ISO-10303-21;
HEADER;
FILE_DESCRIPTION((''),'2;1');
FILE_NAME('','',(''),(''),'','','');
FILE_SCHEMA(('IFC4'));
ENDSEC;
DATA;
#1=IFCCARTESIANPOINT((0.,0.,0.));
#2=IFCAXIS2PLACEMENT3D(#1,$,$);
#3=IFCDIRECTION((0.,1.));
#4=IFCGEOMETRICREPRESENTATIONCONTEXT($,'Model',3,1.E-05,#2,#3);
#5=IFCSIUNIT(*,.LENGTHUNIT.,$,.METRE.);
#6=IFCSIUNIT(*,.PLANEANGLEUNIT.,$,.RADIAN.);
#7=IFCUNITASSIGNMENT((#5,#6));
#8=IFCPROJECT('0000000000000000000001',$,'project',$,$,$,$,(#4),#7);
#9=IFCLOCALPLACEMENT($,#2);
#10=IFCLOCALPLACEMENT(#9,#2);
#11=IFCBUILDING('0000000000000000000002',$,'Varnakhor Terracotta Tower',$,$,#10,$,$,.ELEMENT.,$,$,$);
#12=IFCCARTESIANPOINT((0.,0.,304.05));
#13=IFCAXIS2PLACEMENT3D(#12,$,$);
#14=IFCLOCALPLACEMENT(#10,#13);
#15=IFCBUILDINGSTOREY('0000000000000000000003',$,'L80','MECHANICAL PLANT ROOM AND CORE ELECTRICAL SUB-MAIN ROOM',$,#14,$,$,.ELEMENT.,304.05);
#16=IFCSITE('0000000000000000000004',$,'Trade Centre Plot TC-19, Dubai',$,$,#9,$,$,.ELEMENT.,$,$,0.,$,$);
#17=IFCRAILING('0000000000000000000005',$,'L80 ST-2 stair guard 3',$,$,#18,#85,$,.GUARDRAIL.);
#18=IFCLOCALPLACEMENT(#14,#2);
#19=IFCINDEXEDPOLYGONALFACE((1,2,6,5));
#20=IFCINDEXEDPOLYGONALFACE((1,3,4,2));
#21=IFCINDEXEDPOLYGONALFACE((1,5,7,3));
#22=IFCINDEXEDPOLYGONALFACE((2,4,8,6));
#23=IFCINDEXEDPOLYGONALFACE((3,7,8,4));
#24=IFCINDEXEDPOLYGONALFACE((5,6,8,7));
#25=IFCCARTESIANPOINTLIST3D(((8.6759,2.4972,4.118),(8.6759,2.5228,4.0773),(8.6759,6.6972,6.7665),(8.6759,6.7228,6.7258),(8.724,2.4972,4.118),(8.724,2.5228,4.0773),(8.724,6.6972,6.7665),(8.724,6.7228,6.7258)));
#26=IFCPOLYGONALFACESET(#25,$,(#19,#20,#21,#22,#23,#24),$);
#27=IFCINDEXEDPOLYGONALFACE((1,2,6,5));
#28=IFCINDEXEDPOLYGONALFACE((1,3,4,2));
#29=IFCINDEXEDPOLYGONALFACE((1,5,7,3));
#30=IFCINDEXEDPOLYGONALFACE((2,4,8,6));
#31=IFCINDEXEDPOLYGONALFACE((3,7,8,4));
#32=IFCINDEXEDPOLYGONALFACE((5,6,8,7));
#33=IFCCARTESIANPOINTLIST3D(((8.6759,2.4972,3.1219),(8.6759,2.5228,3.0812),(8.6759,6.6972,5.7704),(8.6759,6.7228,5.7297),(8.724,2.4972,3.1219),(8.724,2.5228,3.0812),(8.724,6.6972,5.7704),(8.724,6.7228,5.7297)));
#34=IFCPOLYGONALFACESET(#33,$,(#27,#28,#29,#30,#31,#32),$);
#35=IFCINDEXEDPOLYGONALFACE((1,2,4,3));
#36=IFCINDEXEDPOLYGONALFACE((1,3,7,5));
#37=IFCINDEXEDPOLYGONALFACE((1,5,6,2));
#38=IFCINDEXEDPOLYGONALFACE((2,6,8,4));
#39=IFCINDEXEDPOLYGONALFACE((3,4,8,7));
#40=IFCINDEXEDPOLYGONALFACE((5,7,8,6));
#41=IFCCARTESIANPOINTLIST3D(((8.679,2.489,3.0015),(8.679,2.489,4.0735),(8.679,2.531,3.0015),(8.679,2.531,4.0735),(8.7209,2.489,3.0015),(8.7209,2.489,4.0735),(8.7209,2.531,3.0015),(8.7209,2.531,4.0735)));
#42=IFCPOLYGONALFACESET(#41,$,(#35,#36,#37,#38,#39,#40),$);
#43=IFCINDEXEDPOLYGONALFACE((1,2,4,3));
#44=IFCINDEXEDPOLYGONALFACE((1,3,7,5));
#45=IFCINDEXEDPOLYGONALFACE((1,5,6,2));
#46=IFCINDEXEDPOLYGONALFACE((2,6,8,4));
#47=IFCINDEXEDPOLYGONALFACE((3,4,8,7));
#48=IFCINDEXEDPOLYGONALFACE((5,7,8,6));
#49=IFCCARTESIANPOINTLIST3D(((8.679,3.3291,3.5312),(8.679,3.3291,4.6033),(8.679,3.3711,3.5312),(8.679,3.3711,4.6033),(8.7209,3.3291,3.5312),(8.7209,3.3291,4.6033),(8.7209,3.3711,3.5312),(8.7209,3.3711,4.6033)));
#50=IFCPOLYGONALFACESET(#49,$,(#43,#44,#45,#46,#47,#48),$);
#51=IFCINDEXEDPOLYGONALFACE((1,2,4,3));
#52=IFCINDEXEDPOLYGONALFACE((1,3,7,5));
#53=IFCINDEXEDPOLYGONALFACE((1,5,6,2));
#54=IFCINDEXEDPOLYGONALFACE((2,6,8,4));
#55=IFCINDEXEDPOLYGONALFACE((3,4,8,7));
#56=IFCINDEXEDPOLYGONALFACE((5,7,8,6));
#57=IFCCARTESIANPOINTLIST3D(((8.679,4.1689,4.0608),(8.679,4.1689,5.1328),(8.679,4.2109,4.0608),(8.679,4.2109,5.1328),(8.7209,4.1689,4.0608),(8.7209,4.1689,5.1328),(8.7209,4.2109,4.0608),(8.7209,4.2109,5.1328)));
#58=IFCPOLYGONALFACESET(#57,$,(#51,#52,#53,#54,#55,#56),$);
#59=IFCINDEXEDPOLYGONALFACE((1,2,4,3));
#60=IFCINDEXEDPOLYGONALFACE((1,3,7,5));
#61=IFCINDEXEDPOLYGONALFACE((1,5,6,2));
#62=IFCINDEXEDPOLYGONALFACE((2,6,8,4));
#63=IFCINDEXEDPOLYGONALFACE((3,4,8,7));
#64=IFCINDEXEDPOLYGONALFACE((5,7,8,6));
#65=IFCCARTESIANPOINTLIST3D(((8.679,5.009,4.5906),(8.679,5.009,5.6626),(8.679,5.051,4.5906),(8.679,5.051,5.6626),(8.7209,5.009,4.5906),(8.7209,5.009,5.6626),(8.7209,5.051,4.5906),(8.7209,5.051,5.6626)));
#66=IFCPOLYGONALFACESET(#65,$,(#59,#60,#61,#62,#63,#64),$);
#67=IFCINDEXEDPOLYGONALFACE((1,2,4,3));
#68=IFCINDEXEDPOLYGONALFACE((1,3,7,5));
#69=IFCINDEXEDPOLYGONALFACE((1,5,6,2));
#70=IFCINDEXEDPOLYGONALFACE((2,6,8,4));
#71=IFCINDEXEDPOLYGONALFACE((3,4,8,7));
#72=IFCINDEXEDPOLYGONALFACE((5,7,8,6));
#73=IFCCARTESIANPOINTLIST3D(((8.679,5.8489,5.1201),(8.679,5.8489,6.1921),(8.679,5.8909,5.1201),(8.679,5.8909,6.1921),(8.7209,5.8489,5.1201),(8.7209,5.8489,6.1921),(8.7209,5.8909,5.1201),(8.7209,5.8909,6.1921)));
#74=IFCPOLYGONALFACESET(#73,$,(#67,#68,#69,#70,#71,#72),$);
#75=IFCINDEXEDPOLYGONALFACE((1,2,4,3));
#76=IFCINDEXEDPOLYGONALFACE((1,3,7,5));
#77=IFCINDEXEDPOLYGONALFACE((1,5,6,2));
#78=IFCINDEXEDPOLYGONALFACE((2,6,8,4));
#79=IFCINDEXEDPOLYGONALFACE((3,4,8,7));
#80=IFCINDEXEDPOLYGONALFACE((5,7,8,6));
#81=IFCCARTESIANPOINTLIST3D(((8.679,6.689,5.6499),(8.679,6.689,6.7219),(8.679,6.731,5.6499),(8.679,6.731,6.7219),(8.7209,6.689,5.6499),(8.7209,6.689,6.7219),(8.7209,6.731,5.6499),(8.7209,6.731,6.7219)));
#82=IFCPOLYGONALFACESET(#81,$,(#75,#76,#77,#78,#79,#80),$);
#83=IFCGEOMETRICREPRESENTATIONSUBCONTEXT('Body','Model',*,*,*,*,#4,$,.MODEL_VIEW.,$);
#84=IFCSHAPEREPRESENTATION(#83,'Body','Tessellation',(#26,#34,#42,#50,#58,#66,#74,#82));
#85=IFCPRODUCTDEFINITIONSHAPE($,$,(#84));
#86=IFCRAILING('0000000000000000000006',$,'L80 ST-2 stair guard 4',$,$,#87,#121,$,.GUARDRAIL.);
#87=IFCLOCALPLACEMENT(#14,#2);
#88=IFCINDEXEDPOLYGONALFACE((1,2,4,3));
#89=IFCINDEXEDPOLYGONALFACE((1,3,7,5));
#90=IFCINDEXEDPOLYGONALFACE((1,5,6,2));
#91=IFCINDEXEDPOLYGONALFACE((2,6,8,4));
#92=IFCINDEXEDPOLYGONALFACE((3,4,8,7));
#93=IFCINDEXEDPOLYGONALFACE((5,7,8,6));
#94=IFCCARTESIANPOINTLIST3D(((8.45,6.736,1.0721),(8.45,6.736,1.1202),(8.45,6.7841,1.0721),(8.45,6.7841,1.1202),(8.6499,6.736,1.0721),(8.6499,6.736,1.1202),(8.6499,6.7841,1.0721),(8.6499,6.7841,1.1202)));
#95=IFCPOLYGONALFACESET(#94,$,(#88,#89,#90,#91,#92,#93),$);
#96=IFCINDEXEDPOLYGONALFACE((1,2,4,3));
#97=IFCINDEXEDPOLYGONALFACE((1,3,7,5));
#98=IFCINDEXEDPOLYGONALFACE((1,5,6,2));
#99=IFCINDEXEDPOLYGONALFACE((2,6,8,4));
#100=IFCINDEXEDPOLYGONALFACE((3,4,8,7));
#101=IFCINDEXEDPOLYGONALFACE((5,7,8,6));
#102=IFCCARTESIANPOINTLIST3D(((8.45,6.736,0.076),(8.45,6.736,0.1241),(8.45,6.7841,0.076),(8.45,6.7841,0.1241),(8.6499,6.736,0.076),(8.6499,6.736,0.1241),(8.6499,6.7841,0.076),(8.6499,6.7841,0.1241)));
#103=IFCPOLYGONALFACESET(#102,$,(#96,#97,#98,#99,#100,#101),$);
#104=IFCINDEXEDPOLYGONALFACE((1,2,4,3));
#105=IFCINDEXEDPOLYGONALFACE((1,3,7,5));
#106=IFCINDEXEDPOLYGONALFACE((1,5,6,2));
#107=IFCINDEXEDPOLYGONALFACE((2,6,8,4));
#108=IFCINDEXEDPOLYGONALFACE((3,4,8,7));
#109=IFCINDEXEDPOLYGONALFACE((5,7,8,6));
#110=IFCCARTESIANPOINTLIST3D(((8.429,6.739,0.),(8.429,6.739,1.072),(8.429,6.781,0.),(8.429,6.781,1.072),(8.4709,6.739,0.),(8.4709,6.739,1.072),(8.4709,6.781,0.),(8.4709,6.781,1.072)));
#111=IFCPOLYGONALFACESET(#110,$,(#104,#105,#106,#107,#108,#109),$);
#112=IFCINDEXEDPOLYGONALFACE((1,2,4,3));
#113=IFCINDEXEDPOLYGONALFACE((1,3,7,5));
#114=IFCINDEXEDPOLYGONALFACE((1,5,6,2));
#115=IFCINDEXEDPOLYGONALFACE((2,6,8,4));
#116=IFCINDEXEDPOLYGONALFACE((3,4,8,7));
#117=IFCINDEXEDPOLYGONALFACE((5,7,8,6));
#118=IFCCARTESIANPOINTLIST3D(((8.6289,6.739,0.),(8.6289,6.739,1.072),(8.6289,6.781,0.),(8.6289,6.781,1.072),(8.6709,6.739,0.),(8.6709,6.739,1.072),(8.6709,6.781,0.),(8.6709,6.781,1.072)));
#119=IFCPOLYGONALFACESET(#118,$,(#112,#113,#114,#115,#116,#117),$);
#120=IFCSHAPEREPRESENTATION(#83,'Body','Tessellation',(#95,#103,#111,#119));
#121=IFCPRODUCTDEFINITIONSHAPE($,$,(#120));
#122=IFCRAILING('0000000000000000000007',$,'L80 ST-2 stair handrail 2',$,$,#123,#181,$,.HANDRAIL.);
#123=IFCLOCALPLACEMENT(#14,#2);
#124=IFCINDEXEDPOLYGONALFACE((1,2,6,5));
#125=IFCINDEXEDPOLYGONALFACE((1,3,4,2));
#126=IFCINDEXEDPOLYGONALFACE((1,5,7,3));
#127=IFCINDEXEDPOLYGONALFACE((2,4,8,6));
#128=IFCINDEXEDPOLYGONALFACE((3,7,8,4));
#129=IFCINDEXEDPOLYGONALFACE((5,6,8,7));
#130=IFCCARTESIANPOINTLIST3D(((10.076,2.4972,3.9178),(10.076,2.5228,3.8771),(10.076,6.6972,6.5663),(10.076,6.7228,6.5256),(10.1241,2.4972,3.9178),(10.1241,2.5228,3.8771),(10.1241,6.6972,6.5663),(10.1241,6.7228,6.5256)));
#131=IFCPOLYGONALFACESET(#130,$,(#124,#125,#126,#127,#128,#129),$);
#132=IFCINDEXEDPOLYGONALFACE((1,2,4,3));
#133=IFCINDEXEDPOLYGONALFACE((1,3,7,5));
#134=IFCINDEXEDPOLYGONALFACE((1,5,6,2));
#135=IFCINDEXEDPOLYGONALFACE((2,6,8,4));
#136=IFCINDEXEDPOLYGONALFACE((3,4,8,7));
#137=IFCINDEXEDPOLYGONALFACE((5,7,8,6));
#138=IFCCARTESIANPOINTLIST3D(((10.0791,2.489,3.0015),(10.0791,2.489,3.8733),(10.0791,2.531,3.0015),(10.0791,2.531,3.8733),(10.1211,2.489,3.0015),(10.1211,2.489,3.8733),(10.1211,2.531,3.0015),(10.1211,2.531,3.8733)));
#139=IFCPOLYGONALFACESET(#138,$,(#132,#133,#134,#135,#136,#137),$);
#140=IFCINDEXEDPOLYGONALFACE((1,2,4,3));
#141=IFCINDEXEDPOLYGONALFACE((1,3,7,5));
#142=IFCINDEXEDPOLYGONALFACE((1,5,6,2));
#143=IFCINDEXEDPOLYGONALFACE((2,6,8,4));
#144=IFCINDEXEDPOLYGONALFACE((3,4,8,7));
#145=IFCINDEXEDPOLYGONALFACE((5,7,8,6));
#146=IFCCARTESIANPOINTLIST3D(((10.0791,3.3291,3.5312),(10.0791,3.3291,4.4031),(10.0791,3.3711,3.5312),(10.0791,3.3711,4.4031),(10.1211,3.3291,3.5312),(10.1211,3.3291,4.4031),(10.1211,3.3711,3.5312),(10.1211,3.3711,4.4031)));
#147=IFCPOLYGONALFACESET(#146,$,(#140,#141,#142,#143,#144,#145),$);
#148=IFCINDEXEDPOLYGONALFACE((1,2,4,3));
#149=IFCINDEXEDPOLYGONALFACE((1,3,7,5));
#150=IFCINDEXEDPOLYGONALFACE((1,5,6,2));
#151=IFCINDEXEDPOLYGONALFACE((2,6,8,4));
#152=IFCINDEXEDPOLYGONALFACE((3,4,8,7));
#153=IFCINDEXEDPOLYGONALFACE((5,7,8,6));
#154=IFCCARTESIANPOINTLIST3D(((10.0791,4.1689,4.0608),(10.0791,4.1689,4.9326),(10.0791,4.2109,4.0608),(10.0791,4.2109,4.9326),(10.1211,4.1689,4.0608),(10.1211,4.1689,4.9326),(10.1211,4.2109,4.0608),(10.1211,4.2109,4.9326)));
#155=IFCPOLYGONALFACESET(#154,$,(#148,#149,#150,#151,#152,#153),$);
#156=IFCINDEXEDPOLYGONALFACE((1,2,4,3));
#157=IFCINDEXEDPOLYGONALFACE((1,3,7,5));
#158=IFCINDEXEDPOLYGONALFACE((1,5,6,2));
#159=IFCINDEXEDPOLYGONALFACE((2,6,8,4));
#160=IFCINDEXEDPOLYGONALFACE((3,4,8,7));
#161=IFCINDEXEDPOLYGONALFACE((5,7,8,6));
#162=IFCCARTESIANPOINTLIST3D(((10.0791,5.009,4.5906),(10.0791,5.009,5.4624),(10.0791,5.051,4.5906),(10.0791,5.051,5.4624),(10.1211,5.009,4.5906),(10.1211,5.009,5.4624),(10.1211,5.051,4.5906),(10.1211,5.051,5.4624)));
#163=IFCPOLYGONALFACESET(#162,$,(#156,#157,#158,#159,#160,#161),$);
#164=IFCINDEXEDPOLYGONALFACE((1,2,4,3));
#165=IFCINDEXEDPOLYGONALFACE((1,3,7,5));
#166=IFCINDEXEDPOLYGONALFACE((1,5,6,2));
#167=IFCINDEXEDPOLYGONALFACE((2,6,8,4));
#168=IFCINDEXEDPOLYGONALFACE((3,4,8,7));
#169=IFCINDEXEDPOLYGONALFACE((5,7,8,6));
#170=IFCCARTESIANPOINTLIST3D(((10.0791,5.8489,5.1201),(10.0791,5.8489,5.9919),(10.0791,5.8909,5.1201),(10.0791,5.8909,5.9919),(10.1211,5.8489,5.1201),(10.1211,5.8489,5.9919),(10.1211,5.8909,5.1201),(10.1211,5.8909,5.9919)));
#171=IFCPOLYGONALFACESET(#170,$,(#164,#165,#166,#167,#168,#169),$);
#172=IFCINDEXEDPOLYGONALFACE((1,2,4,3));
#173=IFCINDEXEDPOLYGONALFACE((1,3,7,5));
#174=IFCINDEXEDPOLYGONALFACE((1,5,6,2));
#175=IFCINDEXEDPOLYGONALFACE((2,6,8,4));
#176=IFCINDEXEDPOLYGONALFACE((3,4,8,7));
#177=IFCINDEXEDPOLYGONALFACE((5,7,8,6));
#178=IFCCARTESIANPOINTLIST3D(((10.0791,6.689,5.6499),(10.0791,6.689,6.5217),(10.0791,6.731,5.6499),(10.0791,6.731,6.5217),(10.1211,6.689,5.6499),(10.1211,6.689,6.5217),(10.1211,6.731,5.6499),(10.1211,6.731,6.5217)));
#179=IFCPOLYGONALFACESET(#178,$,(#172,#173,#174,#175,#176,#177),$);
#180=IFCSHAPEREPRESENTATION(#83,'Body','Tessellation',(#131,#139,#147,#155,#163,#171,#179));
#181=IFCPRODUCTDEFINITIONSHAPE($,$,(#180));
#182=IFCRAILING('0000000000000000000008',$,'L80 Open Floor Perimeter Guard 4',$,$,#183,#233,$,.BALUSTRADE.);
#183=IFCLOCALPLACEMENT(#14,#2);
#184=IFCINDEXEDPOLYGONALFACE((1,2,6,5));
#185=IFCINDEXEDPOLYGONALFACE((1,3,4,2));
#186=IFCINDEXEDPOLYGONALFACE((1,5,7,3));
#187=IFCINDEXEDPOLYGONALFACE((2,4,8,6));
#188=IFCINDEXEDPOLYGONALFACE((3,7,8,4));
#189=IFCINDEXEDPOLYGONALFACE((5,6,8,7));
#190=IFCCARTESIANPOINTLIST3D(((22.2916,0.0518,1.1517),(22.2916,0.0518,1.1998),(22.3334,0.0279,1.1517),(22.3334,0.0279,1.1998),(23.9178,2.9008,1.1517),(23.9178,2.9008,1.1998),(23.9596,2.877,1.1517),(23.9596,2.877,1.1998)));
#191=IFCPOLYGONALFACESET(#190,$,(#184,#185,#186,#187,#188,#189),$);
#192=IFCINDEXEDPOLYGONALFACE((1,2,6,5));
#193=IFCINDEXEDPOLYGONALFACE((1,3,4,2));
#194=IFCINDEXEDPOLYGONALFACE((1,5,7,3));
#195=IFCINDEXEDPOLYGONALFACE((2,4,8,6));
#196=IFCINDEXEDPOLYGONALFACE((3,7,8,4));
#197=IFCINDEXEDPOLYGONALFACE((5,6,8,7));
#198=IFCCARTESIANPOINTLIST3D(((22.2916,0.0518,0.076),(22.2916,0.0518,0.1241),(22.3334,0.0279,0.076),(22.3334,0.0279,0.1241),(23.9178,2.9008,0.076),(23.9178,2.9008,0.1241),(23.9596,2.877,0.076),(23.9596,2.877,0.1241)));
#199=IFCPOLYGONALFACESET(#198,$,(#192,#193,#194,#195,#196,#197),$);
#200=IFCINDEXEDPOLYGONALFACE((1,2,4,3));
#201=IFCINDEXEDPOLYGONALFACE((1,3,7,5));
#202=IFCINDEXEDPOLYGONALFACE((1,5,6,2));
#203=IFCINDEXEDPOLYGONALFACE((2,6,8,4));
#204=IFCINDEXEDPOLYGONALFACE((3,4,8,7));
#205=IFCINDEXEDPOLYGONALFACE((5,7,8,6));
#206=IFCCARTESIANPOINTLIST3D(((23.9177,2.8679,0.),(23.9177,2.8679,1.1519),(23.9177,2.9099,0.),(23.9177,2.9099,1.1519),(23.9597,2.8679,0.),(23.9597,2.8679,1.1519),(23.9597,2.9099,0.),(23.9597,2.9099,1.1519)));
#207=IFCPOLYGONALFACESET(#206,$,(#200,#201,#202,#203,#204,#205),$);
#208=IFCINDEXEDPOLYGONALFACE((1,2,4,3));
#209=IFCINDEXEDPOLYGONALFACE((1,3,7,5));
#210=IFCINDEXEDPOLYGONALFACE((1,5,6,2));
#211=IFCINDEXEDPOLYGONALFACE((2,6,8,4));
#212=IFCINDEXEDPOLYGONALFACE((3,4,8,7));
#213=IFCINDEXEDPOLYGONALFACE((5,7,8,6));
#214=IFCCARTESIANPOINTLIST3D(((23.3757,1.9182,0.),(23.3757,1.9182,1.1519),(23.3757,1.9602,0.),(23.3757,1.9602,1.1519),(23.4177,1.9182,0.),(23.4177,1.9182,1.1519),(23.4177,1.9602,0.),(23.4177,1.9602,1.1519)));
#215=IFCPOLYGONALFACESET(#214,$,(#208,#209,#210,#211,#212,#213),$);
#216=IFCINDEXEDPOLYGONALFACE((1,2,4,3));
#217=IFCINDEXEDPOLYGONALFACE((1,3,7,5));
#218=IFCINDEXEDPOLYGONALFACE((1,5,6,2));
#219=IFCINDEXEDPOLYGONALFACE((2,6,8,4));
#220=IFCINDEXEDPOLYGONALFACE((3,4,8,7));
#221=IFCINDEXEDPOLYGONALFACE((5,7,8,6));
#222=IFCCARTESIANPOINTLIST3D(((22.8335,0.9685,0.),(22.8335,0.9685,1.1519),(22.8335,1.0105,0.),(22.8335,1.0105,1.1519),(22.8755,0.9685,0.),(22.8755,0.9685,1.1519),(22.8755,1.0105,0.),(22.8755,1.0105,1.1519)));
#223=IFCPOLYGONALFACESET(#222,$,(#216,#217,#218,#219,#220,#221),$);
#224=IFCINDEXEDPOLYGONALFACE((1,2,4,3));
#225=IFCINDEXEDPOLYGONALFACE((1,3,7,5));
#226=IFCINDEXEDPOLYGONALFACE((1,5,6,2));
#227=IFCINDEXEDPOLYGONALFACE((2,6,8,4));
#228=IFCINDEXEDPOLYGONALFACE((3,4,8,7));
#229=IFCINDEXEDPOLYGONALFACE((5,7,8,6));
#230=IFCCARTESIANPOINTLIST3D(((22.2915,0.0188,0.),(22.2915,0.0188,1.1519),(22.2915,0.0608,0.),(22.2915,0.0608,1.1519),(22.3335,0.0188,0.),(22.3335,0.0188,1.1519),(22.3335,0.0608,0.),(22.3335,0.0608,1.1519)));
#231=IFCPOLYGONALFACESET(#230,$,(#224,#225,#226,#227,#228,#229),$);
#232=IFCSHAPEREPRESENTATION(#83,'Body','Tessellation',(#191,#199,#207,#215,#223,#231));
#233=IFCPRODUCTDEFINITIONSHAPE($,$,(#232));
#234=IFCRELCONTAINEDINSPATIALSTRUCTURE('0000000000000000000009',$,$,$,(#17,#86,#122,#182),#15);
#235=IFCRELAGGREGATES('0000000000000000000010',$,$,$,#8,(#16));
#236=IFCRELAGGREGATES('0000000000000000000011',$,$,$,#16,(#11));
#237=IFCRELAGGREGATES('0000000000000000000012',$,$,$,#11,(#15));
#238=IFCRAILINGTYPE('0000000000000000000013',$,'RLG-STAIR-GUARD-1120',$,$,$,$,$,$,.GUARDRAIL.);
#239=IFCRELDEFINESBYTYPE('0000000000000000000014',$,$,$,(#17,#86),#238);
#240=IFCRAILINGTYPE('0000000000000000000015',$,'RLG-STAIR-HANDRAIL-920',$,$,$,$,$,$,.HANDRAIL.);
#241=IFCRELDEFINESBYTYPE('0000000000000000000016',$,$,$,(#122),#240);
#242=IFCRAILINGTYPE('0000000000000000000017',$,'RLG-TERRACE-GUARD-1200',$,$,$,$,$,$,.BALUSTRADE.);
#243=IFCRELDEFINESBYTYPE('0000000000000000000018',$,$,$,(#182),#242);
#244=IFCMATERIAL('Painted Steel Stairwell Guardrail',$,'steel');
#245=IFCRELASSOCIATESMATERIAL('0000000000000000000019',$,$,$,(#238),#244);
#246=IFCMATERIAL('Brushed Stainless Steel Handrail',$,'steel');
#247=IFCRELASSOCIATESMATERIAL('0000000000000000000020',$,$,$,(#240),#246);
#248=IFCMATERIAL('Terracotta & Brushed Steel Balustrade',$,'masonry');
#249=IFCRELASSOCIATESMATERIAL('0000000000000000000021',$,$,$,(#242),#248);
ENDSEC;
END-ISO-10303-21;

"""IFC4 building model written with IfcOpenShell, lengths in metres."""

from ifc_helpers import new_model, si_unit, direction, frame, origin, origin_2d, place, context, subcontext, project, spatial, rectangle, extrude, material, type_object, element, save


model = new_model("IFC4")

# Units and contexts
model_context = context("Model", 3, precision=1e-05, world=origin(), true_north=direction((0.0, 1.0)))
body_context = subcontext(model_context, "Body", "Model", "MODEL_VIEW")
ifc_project = project(units=[si_unit("LENGTHUNIT", "METRE"), si_unit("PLANEANGLEUNIT", "RADIAN")], contexts=[model_context])

# Site, building, storey
site_placement = place(None, origin())
site = spatial("IfcSite", under=ifc_project, at=site_placement, Name="Trade Centre Plot TC-19, Dubai", CompositionType="ELEMENT", RefElevation=0.0)
building_placement = place(site_placement, origin())
building = spatial("IfcBuilding", under=site, at=building_placement, Name="Varnakhor Terracotta Tower", CompositionType="ELEMENT")
storey_placement = place(building_placement, frame((0.0, 0.0, 304.05)))
storey = spatial("IfcBuildingStorey", under=building, at=storey_placement, Name="L80", Description="MECHANICAL PLANT ROOM AND CORE ELECTRICAL SUB-MAIN ROOM", CompositionType="ELEMENT", Elevation=304.05)

# Railings
ifc_material_1 = material(Name="Painted Steel Stairwell Guardrail", Category="steel")
railing_type_1 = type_object("IfcRailingType", Name="RLG-STAIR-GUARD-1120", PredefinedType="GUARDRAIL", material=ifc_material_1)
railing_1_placement = place(storey_placement, frame((8.7, 2.51, 3.0015)))
element("IfcRailing", 1, at=railing_1_placement, inside=storey, type_object=railing_type_1, Name="L80 ST-2 stair guard 3", PredefinedType="GUARDRAIL", context=body_context, shape_type="SweptSolid", body=[
    extrude(rectangle(XDim=0.0481, YDim=0.0481, at=origin_2d()), frame((0.0, 0.0, 1.0962), z_axis=(0.0, 0.845867, 0.533393), x_axis=(-1.0, 0.0, 0.0)), (0.0, 0.0, 1.0), 4.9653),
    extrude(rectangle(XDim=0.0481, YDim=0.0481, at=origin_2d()), frame((0.0, 0.0, 0.1001), z_axis=(0.0, 0.845867, 0.533393), x_axis=(-1.0, 0.0, 0.0)), (0.0, 0.0, 1.0), 4.9653),
    extrude(rectangle(XDim=0.042, YDim=0.042, at=origin_2d()), origin(), (0.0, 0.0, 1.0), 1.072),
    extrude(rectangle(XDim=0.042, YDim=0.042, at=origin_2d()), frame((0.0, 0.8401, 0.5298)), (0.0, 0.0, 1.0), 1.072),
    extrude(rectangle(XDim=0.042, YDim=0.042, at=origin_2d()), frame((0.0, 1.6799, 1.0593)), (0.0, 0.0, 1.0), 1.072),
    extrude(rectangle(XDim=0.042, YDim=0.042, at=origin_2d()), frame((0.0, 2.52, 1.5891)), (0.0, 0.0, 1.0), 1.072),
    extrude(rectangle(XDim=0.042, YDim=0.042, at=origin_2d()), frame((0.0, 3.3599, 2.1187)), (0.0, 0.0, 1.0), 1.072),
    extrude(rectangle(XDim=0.042, YDim=0.042, at=origin_2d()), frame((0.0, 4.2, 2.6484)), (0.0, 0.0, 1.0), 1.072),
])
railing_2_placement = place(storey_placement, frame((8.45, 6.76, 0.0)))
element("IfcRailing", 2, at=railing_2_placement, inside=storey, type_object=railing_type_1, Name="L80 ST-2 stair guard 4", PredefinedType="GUARDRAIL", context=body_context, shape_type="SweptSolid", body=[
    extrude(rectangle(XDim=0.0481, YDim=0.0481, at=origin_2d()), frame((0.0, 0.0, 1.0962), z_axis=(1.0, 0.0, 0.0), x_axis=(0.0, 1.0, 0.0)), (0.0, 0.0, 1.0), 0.2),
    extrude(rectangle(XDim=0.0481, YDim=0.0481, at=origin_2d()), frame((0.0, 0.0, 0.1001), z_axis=(1.0, 0.0, 0.0), x_axis=(0.0, 1.0, 0.0)), (0.0, 0.0, 1.0), 0.2),
    extrude(rectangle(XDim=0.042, YDim=0.042, at=origin_2d()), origin(), (0.0, 0.0, 1.0), 1.072),
    extrude(rectangle(XDim=0.042, YDim=0.042, at=origin_2d()), frame((0.2, 0.0, 0.0)), (0.0, 0.0, 1.0), 1.072),
])
ifc_material_2 = material(Name="Brushed Stainless Steel Handrail", Category="steel")
railing_type_2 = type_object("IfcRailingType", Name="RLG-STAIR-HANDRAIL-920", PredefinedType="HANDRAIL", material=ifc_material_2)
railing_3_placement = place(storey_placement, frame((10.1001, 2.51, 3.0015)))
element("IfcRailing", 3, at=railing_3_placement, inside=storey, type_object=railing_type_2, Name="L80 ST-2 stair handrail 2", PredefinedType="HANDRAIL", context=body_context, shape_type="SweptSolid", body=[
    extrude(rectangle(XDim=0.0481, YDim=0.0481, at=origin_2d()), frame((0.0, 0.0, 0.896), z_axis=(0.0, 0.845867, 0.533393), x_axis=(-1.0, 0.0, 0.0)), (0.0, 0.0, 1.0), 4.9653),
    extrude(rectangle(XDim=0.042, YDim=0.042, at=origin_2d()), origin(), (0.0, 0.0, 1.0), 0.8718),
    extrude(rectangle(XDim=0.042, YDim=0.042, at=origin_2d()), frame((0.0, 0.8401, 0.5298)), (0.0, 0.0, 1.0), 0.8718),
    extrude(rectangle(XDim=0.042, YDim=0.042, at=origin_2d()), frame((0.0, 1.6799, 1.0593)), (0.0, 0.0, 1.0), 0.8718),
    extrude(rectangle(XDim=0.042, YDim=0.042, at=origin_2d()), frame((0.0, 2.52, 1.5891)), (0.0, 0.0, 1.0), 0.8718),
    extrude(rectangle(XDim=0.042, YDim=0.042, at=origin_2d()), frame((0.0, 3.3599, 2.1187)), (0.0, 0.0, 1.0), 0.8718),
    extrude(rectangle(XDim=0.042, YDim=0.042, at=origin_2d()), frame((0.0, 4.2, 2.6484)), (0.0, 0.0, 1.0), 0.8718),
])
ifc_material_3 = material(Name="Terracotta & Brushed Steel Balustrade", Category="masonry")
railing_type_3 = type_object("IfcRailingType", Name="RLG-TERRACE-GUARD-1200", PredefinedType="BALUSTRADE", material=ifc_material_3)
railing_4_placement = place(storey_placement, frame((23.9387, 2.8889, 0.0)))
element("IfcRailing", 4, at=railing_4_placement, inside=storey, type_object=railing_type_3, Name="L80 Open Floor Perimeter Guard 4", PredefinedType="BALUSTRADE", context=body_context, shape_type="SweptSolid", body=[
    extrude(rectangle(XDim=0.0481, YDim=0.0481, at=origin_2d()), frame((0.0, 0.0, 1.1758), z_axis=(-0.495714, -0.868486, 0.0), x_axis=(0.868486, -0.495714, 0.0)), (0.0, 0.0, 1.0), 3.2805),
    extrude(rectangle(XDim=0.0481, YDim=0.0481, at=origin_2d()), frame((0.0, 0.0, 0.1001), z_axis=(-0.495714, -0.868486, 0.0), x_axis=(0.868486, -0.495714, 0.0)), (0.0, 0.0, 1.0), 3.2805),
    extrude(rectangle(XDim=0.042, YDim=0.042, at=origin_2d()), origin(), (0.0, 0.0, 1.0), 1.1519),
    extrude(rectangle(XDim=0.042, YDim=0.042, at=origin_2d()), frame((-0.542, -0.9497, 0.0)), (0.0, 0.0, 1.0), 1.1519),
    extrude(rectangle(XDim=0.042, YDim=0.042, at=origin_2d()), frame((-1.0842, -1.8994, 0.0)), (0.0, 0.0, 1.0), 1.1519),
    extrude(rectangle(XDim=0.042, YDim=0.042, at=origin_2d()), frame((-1.6262, -2.8491, 0.0)), (0.0, 0.0, 1.0), 1.1519),
])

save(model, "model.ifc")
